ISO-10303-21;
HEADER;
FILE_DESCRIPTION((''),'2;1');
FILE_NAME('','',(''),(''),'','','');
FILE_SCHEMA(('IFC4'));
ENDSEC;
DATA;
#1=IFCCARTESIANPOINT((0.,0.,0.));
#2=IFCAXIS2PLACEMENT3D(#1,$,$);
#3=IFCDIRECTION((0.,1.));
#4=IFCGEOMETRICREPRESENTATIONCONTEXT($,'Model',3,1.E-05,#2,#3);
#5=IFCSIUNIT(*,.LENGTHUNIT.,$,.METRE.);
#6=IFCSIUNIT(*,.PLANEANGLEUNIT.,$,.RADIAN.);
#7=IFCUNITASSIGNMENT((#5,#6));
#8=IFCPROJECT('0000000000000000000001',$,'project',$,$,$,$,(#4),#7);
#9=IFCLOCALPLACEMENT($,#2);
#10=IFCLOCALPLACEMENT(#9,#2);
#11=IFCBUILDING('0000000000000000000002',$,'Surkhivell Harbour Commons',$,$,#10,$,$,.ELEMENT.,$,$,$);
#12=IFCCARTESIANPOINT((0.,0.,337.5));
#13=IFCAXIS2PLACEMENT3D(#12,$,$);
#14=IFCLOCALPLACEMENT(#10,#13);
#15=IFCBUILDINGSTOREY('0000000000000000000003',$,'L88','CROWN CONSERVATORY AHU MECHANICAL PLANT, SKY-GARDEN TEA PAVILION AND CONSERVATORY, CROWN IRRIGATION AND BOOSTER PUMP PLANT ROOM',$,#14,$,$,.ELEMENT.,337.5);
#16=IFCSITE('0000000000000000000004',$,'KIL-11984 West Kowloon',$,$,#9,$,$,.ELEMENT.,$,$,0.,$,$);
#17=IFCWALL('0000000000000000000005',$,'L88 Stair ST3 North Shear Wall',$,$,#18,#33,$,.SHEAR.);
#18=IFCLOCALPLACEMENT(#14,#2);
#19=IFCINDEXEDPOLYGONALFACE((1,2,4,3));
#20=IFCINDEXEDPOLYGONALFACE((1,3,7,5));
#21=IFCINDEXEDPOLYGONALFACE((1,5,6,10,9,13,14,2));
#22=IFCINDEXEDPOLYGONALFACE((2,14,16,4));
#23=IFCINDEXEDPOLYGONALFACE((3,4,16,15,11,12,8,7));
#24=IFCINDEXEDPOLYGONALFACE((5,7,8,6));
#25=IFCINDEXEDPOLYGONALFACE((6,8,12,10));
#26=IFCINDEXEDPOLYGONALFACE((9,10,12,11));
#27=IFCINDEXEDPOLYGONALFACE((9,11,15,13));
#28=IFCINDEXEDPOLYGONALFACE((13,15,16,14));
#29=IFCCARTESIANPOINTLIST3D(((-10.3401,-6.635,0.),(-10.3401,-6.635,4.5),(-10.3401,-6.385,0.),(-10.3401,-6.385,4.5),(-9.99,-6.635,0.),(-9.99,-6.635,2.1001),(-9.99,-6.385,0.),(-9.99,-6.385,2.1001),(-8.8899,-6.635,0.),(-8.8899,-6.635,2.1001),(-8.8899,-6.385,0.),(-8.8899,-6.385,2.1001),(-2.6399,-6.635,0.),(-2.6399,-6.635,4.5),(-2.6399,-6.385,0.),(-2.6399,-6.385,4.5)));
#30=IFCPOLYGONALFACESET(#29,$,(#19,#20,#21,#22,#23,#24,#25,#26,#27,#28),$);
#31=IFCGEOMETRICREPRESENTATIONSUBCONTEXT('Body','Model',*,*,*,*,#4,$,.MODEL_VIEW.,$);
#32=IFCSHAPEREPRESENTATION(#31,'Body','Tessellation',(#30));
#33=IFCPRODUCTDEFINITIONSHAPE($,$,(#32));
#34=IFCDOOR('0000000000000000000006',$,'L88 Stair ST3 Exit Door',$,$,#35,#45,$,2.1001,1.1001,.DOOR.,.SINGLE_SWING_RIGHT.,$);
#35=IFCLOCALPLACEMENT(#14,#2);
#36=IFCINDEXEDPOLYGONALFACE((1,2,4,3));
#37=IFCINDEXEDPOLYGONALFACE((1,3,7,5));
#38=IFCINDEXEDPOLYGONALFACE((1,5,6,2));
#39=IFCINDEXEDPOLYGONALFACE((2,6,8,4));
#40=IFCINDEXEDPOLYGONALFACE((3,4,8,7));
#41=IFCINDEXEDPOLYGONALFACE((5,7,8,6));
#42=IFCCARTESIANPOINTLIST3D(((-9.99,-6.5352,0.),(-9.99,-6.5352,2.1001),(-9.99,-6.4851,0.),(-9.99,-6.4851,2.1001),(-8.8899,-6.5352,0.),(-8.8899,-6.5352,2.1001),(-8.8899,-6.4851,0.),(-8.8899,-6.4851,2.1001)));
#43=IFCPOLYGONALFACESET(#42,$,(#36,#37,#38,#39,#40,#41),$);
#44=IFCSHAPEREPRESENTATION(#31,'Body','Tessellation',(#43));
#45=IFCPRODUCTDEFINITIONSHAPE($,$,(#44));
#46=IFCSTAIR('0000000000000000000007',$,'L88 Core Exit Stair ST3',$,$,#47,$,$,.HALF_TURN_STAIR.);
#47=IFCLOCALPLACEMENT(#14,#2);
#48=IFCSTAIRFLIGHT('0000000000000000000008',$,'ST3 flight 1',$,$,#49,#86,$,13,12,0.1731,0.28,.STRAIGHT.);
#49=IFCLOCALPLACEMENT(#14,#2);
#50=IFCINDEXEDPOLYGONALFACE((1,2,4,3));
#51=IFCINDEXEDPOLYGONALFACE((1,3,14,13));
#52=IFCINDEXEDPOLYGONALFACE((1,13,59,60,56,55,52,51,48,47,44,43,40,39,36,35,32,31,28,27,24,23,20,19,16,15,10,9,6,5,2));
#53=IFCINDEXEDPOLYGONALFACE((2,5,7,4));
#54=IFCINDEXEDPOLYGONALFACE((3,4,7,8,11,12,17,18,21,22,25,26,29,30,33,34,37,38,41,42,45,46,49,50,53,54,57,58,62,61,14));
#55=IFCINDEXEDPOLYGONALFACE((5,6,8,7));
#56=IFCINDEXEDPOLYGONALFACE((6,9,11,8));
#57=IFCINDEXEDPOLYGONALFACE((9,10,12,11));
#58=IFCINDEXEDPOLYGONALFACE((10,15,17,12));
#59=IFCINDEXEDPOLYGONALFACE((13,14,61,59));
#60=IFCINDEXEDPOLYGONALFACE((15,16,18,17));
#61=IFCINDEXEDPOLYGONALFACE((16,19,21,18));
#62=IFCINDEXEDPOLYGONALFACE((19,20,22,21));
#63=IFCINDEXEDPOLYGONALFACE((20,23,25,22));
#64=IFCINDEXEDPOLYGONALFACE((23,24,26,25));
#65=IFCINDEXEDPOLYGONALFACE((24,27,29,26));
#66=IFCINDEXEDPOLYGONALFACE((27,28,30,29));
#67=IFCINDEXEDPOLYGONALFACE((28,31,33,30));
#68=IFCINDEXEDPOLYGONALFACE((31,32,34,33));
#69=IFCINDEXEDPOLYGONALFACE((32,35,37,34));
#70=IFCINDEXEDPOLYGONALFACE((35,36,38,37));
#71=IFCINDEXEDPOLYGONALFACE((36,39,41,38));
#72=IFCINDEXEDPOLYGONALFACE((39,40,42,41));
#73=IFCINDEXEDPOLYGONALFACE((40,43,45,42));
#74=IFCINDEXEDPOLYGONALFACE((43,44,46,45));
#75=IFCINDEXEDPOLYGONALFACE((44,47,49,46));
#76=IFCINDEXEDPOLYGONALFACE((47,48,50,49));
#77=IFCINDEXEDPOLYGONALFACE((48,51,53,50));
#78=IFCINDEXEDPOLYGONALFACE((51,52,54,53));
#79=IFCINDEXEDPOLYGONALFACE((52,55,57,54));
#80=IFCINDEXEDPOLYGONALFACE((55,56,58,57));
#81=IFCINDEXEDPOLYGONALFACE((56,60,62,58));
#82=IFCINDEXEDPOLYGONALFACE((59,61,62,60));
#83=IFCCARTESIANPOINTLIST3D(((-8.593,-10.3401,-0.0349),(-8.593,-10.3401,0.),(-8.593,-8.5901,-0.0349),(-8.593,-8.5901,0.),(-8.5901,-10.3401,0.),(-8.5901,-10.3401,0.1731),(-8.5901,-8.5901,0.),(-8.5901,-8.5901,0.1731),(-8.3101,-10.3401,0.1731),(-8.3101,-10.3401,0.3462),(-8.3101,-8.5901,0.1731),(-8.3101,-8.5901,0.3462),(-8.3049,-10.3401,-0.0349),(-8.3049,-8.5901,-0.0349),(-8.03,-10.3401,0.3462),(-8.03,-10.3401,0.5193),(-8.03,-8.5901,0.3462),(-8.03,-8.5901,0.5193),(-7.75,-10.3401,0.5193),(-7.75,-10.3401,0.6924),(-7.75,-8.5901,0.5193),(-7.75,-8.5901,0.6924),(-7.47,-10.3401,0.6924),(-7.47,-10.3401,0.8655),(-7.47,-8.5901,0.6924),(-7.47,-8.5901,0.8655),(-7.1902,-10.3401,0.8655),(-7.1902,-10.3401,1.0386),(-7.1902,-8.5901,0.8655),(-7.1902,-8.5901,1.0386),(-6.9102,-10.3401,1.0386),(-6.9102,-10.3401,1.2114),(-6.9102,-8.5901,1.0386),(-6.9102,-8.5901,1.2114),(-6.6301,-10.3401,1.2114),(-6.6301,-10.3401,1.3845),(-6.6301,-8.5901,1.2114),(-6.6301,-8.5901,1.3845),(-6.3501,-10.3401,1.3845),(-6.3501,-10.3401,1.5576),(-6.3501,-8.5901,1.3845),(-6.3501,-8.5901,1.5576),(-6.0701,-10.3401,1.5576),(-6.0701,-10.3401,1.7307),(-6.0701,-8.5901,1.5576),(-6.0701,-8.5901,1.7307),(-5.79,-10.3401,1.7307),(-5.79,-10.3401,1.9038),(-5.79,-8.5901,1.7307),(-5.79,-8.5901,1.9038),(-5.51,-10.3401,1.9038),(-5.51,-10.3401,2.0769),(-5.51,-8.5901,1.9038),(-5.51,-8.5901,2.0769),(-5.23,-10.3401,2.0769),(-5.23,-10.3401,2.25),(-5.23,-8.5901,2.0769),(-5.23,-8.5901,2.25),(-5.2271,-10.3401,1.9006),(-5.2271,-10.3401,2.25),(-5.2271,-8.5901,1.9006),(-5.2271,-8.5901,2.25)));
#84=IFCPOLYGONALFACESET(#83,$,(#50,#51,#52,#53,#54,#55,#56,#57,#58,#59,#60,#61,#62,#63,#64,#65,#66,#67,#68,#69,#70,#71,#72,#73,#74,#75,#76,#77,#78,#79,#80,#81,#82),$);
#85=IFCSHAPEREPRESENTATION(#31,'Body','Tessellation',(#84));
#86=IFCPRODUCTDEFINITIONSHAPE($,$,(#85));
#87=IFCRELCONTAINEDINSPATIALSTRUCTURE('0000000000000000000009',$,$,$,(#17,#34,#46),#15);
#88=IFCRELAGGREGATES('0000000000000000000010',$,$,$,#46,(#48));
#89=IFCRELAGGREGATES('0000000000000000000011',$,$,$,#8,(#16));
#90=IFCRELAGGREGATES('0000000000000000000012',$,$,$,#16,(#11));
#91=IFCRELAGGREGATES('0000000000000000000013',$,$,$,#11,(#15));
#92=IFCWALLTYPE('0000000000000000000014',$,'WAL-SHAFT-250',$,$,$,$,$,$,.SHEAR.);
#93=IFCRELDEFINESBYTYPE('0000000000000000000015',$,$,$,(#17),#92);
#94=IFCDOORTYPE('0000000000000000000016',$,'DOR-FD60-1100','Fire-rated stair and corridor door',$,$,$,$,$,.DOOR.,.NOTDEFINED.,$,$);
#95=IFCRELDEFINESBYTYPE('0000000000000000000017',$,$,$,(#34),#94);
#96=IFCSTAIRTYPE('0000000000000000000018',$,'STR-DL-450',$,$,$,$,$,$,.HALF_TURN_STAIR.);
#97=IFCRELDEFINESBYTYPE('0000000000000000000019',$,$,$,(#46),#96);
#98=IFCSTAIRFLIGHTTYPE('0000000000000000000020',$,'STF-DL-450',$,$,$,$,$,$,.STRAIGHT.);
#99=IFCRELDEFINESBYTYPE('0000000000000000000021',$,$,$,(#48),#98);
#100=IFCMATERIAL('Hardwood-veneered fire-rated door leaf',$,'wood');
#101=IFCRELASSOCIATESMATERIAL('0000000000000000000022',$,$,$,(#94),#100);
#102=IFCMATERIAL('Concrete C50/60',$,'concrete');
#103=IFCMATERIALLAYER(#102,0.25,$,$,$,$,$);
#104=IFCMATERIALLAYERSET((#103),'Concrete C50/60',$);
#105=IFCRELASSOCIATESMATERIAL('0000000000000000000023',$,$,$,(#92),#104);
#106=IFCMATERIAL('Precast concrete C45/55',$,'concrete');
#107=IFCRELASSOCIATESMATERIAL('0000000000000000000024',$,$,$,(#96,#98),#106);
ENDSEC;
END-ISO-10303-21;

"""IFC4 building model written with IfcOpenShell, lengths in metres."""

from ifc_helpers import new_model, si_unit, direction, frame, frame_2d, origin, place, context, subcontext, project, spatial, polyline, rectangle, outline, extrude, material, layer, layer_set, type_object, element, fill, aggregate, save


model = new_model("IFC4")

# Units and contexts
model_context = context("Model", 3, precision=1e-05, world=origin(), true_north=direction((0.0, 1.0)))
body_context = subcontext(model_context, "Body", "Model", "MODEL_VIEW")
ifc_project = project(units=[si_unit("LENGTHUNIT", "METRE"), si_unit("PLANEANGLEUNIT", "RADIAN")], contexts=[model_context])

# Site, building, storey
site_placement = place(None, origin())
site = spatial("IfcSite", under=ifc_project, at=site_placement, Name="KIL-11984 West Kowloon", CompositionType="ELEMENT", RefElevation=0.0)
building_placement = place(site_placement, origin())
building = spatial("IfcBuilding", under=site, at=building_placement, Name="Surkhivell Harbour Commons", CompositionType="ELEMENT")
storey_placement = place(building_placement, frame((0.0, 0.0, 337.5)))
storey = spatial("IfcBuildingStorey", under=building, at=storey_placement, Name="L88", Description="CROWN CONSERVATORY AHU MECHANICAL PLANT, SKY-GARDEN TEA PAVILION AND CONSERVATORY, CROWN IRRIGATION AND BOOSTER PUMP PLANT ROOM", CompositionType="ELEMENT", Elevation=337.5)

# Shared definitions
ifc_material_1 = material(Name="Concrete C50/60", Category="concrete")

# Shared definitions
ifc_material_2 = material(Name="Hardwood-veneered fire-rated door leaf", Category="wood")
door_type_1 = type_object("IfcDoorType", Name="DOR-FD60-1100", Description="Fire-rated stair and corridor door", OperationType="NOTDEFINED", PredefinedType="DOOR", material=ifc_material_2)

# Shared definitions
ifc_layer_1 = layer(ifc_material_1, 0.25)
ifc_layer_set_1 = layer_set([ifc_layer_1], Name="Concrete C50/60")
wall_type_1 = type_object("IfcWallType", Name="WAL-SHAFT-250", PredefinedType="SHEAR", material=ifc_layer_set_1)

# Wall, opening, door
wall_1_placement = place(storey_placement, frame((-10.3401, -6.51, 0.0), z_axis=(0.0, 0.0, 1.0), x_axis=(1.0, 0.0, 0.0)))
wall_1 = element("IfcWall", 1, at=wall_1_placement, inside=storey, type_object=wall_type_1, Name="L88 Stair ST3 North Shear Wall", PredefinedType="SHEAR", context=body_context, shape_type="SweptSolid", body=[
    extrude(rectangle(XDim=7.7002, YDim=0.25, at=frame_2d((3.8501, 0.0))), origin(), (0.0, 0.0, 1.0), 4.5),
])
opening_1_placement = place(wall_1_placement, frame((0.3501, 0.0, 0.0)))
opening_1 = element("IfcOpeningElement", 2, at=opening_1_placement, cuts=wall_1, PredefinedType="OPENING", context=body_context, shape_type="SweptSolid", body=[
    extrude(rectangle(XDim=1.1001, YDim=2.1001, at=frame_2d((0.55, 1.05))), frame((0.0, 0.135, 0.0), z_axis=(0.0, -1.0, 0.0), x_axis=(1.0, 0.0, 0.0)), (0.0, 0.0, 1.0), 0.27),
])
door_1_placement = place(opening_1_placement, origin())
door_1 = element("IfcDoor", 3, at=door_1_placement, inside=storey, type_object=door_type_1, Name="L88 Stair ST3 Exit Door", OperationType="SINGLE_SWING_RIGHT", OverallHeight=2.1001, OverallWidth=1.1001, PredefinedType="DOOR", context=body_context, shape_type="SweptSolid", body=[
    extrude(rectangle(XDim=1.1001, YDim=2.1001, at=frame_2d((0.55, 1.05))), frame((0.0, 0.0249, 0.0), z_axis=(0.0, -1.0, 0.0), x_axis=(1.0, 0.0, 0.0)), (0.0, 0.0, 1.0), 0.05),
])
fill(opening_1, door_1)

# Stair, stair flight
ifc_material_3 = material(Name="Precast concrete C45/55", Category="concrete")
stair_type = type_object("IfcStairType", Name="STR-DL-450", PredefinedType="HALF_TURN_STAIR", material=ifc_material_3)
stair_placement = place(storey_placement, origin())
stair = element("IfcStair", 4, at=stair_placement, inside=storey, type_object=stair_type, Name="L88 Core Exit Stair ST3", PredefinedType="HALF_TURN_STAIR")
stair_flight_type = type_object("IfcStairFlightType", Name="STF-DL-450", PredefinedType="STRAIGHT", material=ifc_material_3)
stair_flight_placement = place(storey_placement, frame((-8.5901, -9.4651, 0.0), z_axis=(0.0, 0.0, 1.0), x_axis=(1.0, 0.0, 0.0)))
stair_flight = element("IfcStairFlight", 5, at=stair_flight_placement, type_object=stair_flight_type, Name="ST3 flight 1", NumberOfRisers=13, NumberOfTreads=12, PredefinedType="STRAIGHT", RiserHeight=0.1731, TreadLength=0.28, context=body_context, shape_type="SweptSolid", body=[
    extrude(outline(polyline([(-0.0029, -0.0349), (-0.0029, 0.0), (0.0, 0.0), (0.0, 0.1731), (0.28, 0.1731), (0.28, 0.3462), (0.5601, 0.3462), (0.5601, 0.5193), (0.8401, 0.5193), (0.8401, 0.6924), (1.1201, 0.6924), (1.1201, 0.8655), (1.3999, 0.8655), (1.3999, 1.0386), (1.6799, 1.0386), (1.6799, 1.2114), (1.96, 1.2114), (1.96, 1.3845), (2.24, 1.3845), (2.24, 1.5576), (2.52, 1.5576), (2.52, 1.7307), (2.8, 1.7307), (2.8, 1.9038), (3.0801, 1.9038), (3.0801, 2.0769), (3.3601, 2.0769), (3.3601, 2.25), (3.363, 2.25), (3.363, 1.9006), (0.2852, -0.0349), (-0.0029, -0.0349)])), frame((0.0, 0.875, 0.0), z_axis=(0.0, -1.0, 0.0), x_axis=(1.0, 0.0, 0.0)), (0.0, 0.0, 1.0), 1.75),
])
aggregate(stair, [stair_flight])

save(model, "model.ifc")
